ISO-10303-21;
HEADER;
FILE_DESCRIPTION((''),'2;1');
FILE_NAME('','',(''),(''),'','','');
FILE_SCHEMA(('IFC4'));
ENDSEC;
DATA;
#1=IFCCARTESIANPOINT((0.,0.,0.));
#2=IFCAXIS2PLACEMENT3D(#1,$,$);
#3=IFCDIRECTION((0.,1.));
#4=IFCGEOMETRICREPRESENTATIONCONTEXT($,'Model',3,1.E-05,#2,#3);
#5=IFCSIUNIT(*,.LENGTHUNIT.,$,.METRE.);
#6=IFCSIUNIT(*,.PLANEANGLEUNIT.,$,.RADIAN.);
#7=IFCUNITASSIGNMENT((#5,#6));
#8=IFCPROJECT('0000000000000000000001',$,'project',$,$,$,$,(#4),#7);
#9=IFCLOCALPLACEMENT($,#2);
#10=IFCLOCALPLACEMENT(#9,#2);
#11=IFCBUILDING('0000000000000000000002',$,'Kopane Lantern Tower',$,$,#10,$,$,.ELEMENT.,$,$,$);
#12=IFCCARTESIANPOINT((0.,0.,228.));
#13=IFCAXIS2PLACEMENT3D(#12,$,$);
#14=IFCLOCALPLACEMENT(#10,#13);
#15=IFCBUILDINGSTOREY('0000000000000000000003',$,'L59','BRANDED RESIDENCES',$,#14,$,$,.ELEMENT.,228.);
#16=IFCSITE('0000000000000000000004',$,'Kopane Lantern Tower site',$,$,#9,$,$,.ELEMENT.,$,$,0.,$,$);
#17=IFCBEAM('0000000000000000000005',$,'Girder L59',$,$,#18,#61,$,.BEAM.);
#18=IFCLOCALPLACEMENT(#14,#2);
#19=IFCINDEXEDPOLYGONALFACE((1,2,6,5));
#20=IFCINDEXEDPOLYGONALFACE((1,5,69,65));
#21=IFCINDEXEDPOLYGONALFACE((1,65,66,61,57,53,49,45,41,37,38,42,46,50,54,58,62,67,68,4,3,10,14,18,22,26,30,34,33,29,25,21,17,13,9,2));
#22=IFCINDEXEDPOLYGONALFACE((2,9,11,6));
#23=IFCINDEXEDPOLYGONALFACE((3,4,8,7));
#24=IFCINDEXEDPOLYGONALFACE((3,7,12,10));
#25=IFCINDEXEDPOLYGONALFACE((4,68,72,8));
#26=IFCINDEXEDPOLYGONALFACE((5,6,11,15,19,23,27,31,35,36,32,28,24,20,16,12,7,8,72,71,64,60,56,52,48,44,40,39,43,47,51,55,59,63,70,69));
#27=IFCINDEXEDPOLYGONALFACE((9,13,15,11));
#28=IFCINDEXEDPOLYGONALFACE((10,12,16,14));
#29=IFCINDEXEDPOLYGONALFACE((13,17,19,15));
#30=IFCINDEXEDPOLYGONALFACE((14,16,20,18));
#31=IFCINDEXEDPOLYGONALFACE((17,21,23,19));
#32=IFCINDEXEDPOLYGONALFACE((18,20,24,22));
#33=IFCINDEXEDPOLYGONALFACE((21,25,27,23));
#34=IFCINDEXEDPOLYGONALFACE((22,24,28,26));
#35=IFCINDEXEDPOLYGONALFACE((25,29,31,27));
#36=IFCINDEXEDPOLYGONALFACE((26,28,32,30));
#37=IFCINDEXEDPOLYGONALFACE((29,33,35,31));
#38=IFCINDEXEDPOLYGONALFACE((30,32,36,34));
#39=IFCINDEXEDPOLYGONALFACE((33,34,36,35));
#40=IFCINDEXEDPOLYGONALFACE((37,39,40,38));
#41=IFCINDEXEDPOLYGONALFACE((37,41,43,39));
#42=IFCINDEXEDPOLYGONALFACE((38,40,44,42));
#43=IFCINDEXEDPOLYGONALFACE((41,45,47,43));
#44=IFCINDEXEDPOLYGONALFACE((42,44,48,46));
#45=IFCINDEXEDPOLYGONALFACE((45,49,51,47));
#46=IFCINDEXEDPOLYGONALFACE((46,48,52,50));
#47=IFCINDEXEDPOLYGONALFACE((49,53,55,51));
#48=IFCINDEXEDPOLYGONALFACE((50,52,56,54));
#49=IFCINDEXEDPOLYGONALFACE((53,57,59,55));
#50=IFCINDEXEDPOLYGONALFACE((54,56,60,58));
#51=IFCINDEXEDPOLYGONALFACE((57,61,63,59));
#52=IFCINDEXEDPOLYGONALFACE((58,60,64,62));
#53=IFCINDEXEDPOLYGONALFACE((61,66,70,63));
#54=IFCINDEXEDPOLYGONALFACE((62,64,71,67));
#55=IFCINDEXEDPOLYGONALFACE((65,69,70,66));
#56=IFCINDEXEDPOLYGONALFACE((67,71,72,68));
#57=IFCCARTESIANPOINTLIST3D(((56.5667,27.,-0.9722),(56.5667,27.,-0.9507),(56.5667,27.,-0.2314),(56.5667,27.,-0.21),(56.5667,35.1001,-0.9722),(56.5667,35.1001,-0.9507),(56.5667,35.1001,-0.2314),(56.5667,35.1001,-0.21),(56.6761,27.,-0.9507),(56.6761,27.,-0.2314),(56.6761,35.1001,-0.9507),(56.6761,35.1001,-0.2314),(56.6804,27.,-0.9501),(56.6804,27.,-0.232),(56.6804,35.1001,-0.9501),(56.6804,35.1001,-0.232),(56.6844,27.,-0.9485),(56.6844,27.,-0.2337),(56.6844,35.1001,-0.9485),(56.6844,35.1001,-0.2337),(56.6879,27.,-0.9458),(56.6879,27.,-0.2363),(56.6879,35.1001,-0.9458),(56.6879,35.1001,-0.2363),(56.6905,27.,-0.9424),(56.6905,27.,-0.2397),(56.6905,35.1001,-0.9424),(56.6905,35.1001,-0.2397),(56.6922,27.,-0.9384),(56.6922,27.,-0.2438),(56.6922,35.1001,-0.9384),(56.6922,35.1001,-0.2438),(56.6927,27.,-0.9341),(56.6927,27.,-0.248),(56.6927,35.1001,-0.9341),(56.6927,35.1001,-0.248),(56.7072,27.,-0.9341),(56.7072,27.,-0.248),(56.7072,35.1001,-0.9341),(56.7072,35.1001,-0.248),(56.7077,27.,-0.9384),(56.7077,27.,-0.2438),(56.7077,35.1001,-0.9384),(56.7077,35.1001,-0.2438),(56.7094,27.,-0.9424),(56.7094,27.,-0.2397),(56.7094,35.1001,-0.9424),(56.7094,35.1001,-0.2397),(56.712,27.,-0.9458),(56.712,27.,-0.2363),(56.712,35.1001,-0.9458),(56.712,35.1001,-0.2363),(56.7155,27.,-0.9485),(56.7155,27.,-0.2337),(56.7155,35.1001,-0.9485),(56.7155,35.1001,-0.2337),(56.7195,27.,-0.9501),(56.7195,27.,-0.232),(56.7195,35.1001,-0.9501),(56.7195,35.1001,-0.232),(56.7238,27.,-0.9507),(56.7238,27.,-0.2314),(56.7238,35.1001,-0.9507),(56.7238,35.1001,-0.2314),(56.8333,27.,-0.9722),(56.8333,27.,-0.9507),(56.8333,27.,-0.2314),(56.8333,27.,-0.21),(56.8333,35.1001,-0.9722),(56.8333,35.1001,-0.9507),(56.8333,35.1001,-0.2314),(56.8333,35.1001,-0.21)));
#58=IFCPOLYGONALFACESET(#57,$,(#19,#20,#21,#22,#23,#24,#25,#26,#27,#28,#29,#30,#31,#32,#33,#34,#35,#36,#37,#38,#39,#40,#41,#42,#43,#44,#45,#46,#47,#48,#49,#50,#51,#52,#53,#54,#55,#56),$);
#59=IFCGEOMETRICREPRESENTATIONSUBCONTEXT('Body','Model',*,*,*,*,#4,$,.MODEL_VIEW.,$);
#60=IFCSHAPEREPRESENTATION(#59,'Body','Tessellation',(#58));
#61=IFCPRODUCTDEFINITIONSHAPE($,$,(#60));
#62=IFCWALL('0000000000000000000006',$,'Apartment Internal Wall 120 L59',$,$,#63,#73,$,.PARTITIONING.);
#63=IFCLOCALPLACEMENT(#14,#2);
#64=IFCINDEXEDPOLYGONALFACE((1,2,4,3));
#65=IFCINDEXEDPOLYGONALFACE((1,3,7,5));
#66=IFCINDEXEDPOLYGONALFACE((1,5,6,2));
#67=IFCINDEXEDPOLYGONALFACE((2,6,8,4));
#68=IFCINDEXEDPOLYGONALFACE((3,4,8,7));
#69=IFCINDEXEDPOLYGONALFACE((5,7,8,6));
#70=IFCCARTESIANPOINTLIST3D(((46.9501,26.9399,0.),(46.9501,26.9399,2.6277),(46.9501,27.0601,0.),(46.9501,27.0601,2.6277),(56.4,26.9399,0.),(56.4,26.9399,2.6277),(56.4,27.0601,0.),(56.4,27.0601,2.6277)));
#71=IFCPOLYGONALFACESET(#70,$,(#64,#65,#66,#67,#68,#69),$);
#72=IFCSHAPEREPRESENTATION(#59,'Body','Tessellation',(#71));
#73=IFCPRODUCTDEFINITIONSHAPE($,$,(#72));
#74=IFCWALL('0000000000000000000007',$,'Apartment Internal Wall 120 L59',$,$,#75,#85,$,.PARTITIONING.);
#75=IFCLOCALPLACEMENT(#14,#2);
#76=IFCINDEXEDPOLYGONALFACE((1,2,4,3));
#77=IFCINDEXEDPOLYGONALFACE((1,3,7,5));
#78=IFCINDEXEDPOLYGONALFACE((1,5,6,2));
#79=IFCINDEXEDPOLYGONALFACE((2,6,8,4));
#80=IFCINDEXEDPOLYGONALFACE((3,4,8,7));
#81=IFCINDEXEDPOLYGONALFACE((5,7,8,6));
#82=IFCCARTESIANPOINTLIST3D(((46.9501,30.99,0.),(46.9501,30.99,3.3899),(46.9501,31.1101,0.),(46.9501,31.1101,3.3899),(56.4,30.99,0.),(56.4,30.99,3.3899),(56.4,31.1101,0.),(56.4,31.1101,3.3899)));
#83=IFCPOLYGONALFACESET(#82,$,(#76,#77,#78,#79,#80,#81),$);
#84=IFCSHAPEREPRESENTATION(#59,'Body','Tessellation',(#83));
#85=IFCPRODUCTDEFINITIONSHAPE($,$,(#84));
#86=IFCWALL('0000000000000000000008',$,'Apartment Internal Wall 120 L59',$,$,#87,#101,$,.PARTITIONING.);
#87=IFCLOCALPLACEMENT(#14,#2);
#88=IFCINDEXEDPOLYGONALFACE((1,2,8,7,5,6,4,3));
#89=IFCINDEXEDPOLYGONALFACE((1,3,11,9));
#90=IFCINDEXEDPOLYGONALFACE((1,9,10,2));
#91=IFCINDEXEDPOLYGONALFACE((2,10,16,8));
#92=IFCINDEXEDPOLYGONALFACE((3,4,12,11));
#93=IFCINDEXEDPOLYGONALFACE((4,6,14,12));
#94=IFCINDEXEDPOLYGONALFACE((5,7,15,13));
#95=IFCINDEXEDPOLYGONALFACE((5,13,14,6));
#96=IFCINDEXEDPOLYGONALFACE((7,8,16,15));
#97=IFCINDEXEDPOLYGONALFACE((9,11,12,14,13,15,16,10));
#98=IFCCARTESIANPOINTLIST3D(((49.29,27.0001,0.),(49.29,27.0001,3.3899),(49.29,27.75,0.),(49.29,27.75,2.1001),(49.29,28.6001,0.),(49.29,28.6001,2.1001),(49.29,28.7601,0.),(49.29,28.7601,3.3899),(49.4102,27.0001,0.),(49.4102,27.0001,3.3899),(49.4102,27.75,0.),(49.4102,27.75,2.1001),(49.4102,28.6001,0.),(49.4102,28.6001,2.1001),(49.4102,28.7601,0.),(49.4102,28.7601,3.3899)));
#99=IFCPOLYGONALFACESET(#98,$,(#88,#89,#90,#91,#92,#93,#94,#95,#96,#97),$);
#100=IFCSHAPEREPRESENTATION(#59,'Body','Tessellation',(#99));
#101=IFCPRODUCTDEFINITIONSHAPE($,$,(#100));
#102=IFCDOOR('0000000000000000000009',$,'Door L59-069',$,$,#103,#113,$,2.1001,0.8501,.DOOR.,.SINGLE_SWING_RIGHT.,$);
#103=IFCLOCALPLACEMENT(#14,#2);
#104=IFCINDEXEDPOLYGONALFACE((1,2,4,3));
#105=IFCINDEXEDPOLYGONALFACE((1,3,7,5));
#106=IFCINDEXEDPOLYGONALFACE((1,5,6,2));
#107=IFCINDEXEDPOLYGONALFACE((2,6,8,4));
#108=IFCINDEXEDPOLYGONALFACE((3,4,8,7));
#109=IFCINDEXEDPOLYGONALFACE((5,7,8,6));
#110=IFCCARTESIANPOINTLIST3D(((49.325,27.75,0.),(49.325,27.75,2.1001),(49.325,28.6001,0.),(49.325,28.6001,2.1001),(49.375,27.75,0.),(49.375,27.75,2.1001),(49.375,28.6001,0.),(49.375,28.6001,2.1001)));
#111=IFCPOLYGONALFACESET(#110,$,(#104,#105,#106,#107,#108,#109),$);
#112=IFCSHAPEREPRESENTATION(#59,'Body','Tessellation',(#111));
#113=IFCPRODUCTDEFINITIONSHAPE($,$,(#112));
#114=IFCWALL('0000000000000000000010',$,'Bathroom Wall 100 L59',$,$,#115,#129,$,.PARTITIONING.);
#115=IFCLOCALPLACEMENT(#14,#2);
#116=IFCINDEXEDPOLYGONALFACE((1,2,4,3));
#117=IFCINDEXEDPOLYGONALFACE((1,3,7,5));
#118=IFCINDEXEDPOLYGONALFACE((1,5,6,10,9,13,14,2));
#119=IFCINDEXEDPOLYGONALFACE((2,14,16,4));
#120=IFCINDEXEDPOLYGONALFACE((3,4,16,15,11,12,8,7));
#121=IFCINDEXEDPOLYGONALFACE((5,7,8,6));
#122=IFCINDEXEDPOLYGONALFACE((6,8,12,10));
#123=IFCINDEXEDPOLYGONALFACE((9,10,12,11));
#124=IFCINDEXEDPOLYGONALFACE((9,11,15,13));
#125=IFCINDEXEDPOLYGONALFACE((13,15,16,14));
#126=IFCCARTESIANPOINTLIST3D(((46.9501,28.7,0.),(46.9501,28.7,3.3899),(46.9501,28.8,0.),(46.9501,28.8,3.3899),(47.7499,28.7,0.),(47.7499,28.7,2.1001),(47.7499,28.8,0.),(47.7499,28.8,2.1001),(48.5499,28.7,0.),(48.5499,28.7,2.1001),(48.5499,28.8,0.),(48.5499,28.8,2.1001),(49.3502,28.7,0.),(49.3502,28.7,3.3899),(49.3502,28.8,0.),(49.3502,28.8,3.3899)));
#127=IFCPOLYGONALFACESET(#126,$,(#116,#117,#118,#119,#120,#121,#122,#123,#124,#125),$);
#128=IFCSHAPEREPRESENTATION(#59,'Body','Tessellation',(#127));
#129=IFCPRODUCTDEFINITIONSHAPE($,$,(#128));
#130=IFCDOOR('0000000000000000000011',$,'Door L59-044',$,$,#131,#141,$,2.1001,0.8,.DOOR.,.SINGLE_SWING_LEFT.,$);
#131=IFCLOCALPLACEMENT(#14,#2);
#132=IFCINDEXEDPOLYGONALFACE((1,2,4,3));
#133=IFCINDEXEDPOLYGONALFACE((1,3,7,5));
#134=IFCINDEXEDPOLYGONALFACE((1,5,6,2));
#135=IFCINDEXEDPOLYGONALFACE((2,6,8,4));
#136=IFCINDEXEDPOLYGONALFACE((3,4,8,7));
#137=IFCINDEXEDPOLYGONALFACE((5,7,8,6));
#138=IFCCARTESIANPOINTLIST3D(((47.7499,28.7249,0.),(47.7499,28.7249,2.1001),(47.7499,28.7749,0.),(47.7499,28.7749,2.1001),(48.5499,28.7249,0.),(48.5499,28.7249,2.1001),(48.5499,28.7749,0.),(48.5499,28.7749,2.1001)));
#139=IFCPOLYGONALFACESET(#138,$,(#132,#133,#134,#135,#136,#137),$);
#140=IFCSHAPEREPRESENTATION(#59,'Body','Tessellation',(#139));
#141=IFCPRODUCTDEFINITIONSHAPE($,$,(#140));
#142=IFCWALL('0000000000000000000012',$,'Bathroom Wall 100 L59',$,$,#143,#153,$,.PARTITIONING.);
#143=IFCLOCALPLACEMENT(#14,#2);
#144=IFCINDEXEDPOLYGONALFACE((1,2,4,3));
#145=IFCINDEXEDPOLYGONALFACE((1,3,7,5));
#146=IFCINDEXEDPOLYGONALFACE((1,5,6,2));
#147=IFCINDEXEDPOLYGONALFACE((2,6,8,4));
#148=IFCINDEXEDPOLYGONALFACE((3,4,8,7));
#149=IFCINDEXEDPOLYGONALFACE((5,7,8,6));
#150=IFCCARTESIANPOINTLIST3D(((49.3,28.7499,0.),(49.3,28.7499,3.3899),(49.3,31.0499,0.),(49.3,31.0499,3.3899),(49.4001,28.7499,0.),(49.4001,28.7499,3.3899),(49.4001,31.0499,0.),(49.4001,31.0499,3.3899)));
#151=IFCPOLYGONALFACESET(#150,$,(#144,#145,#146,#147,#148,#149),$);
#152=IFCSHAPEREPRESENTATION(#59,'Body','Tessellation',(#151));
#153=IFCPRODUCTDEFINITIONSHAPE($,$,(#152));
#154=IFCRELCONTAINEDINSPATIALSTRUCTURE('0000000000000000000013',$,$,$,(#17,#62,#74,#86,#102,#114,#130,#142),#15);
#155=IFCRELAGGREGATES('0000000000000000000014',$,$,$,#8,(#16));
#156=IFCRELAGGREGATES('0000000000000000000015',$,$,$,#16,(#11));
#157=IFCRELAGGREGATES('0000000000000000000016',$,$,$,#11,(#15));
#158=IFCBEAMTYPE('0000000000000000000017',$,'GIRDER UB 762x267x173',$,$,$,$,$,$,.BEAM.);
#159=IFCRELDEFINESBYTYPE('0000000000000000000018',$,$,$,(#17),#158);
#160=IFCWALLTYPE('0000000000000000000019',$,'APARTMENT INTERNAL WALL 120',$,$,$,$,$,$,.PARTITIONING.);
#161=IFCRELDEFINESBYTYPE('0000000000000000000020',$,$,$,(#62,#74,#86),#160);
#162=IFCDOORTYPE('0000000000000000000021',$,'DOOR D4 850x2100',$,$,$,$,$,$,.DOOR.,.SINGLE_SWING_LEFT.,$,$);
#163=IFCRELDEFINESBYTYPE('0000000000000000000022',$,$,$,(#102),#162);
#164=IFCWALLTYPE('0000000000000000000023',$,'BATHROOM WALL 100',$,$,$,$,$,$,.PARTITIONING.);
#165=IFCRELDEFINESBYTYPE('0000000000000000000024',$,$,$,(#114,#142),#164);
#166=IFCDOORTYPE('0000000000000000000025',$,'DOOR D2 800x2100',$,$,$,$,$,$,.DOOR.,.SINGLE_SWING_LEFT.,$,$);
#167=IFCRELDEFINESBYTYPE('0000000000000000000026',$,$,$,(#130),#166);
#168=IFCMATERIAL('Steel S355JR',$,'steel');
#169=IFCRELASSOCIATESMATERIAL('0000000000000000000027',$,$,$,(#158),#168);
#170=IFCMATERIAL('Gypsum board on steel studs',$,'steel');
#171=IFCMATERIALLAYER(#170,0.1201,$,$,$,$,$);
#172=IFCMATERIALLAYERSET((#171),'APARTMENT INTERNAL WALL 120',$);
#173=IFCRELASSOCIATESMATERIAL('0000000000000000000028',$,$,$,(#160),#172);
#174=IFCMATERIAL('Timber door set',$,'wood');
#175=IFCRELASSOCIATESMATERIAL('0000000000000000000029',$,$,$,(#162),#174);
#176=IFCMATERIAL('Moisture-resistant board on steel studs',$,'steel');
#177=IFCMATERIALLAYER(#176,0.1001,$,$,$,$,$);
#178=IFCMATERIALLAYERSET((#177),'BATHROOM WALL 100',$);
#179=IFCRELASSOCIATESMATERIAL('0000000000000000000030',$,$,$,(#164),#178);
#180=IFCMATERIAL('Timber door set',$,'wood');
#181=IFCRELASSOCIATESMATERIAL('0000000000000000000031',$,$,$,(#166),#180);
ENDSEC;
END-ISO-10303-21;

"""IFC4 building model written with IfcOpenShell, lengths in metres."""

from ifc_helpers import new_model, si_unit, direction, frame, frame_2d, origin, origin_2d, place, context, subcontext, project, spatial, rectangle, i_section, extrude, material, layer, layer_set, material_profile, profile_set, type_object, element, fill, save


model = new_model("IFC4")

# Units and contexts
model_context = context("Model", 3, precision=1e-05, world=origin(), true_north=direction((0.0, 1.0)))
body_context = subcontext(model_context, "Body", "Model", "MODEL_VIEW")
ifc_project = project(units=[si_unit("LENGTHUNIT", "METRE"), si_unit("PLANEANGLEUNIT", "RADIAN")], contexts=[model_context])

# Site, building, storey
site_placement = place(None, origin())
site = spatial("IfcSite", under=ifc_project, at=site_placement, Name="Kopane Lantern Tower site", CompositionType="ELEMENT", RefElevation=0.0)
building_placement = place(site_placement, origin())
building = spatial("IfcBuilding", under=site, at=building_placement, Name="Kopane Lantern Tower", CompositionType="ELEMENT")
storey_placement = place(building_placement, frame((0.0, 0.0, 228.0)))
storey = spatial("IfcBuildingStorey", under=building, at=storey_placement, Name="L59", Description="BRANDED RESIDENCES", CompositionType="ELEMENT", Elevation=228.0)

# Beam
ifc_material_1 = material(Name="Steel S355JR", Category="steel")
ifc_material_profile_1 = material_profile(ifc_material_1, i_section(OverallWidth=0.2666, OverallDepth=0.7622, WebThickness=0.0144, FlangeThickness=0.0215, FilletRadius=0.0166, at=origin_2d()), Name="UB 762x267x173")
ifc_profile_set_1 = profile_set([ifc_material_profile_1], Name="Steel S355JR")
beam_type = type_object("IfcBeamType", Name="GIRDER UB 762x267x173", PredefinedType="BEAM", material=ifc_profile_set_1)
beam_1_placement = place(storey_placement, frame((56.7, 27.0, -0.5911), z_axis=(0.0, 1.0, 0.0), x_axis=(-1.0, 0.0, 0.0)))
element("IfcBeam", 1, at=beam_1_placement, inside=storey, type_object=beam_type, Name="Girder L59", PredefinedType="BEAM", context=body_context, shape_type="SweptSolid", body=[
    extrude(i_section(OverallWidth=0.2666, OverallDepth=0.7622, WebThickness=0.0144, FlangeThickness=0.0215, FilletRadius=0.0166, at=origin_2d()), origin(), (0.0, 0.0, 1.0), 8.1001),
])

# Walls
ifc_material_2 = material(Name="Gypsum board on steel studs", Category="steel")
ifc_layer_1 = layer(ifc_material_2, 0.1201)
ifc_layer_set_1 = layer_set([ifc_layer_1], Name="APARTMENT INTERNAL WALL 120")
wall_type_1 = type_object("IfcWallType", Name="APARTMENT INTERNAL WALL 120", PredefinedType="PARTITIONING", material=ifc_layer_set_1)
wall_1_placement = place(storey_placement, frame((46.95, 27.0, 0.0), z_axis=(0.0, 0.0, 1.0), x_axis=(1.0, 0.0, 0.0)))
element("IfcWall", 2, at=wall_1_placement, inside=storey, type_object=wall_type_1, Name="Apartment Internal Wall 120 L59", PredefinedType="PARTITIONING", context=body_context, shape_type="SweptSolid", body=[
    extrude(rectangle(XDim=9.45, YDim=0.1201, at=frame_2d((4.7251, 0.0))), origin(), (0.0, 0.0, 1.0), 2.6277),
])
wall_2_placement = place(storey_placement, frame((46.95, 31.05, 0.0), z_axis=(0.0, 0.0, 1.0), x_axis=(1.0, 0.0, 0.0)))
element("IfcWall", 3, at=wall_2_placement, inside=storey, type_object=wall_type_1, Name="Apartment Internal Wall 120 L59", PredefinedType="PARTITIONING", context=body_context, shape_type="SweptSolid", body=[
    extrude(rectangle(XDim=9.45, YDim=0.1201, at=frame_2d((4.7251, 0.0))), origin(), (0.0, 0.0, 1.0), 3.3899),
])

# Walls, openings, doors
wall_3_placement = place(storey_placement, frame((49.3501, 28.76, 0.0), z_axis=(0.0, 0.0, 1.0), x_axis=(0.0, -1.0, 0.0)))
wall_3 = element("IfcWall", 4, at=wall_3_placement, inside=storey, type_object=wall_type_1, Name="Apartment Internal Wall 120 L59", PredefinedType="PARTITIONING", context=body_context, shape_type="SweptSolid", body=[
    extrude(rectangle(XDim=1.76, YDim=0.1201, at=frame_2d((0.8799, 0.0))), origin(), (0.0, 0.0, 1.0), 3.3899),
])
opening_1_placement = place(wall_3_placement, frame((0.1599, 0.0, 0.0)))
opening_1 = element("IfcOpeningElement", 5, at=opening_1_placement, cuts=wall_3, PredefinedType="OPENING", context=body_context, shape_type="SweptSolid", body=[
    extrude(rectangle(XDim=0.8501, YDim=2.1001, at=frame_2d((0.425, 1.05))), frame((0.0, 0.0701, 0.0), z_axis=(0.0, -1.0, 0.0), x_axis=(1.0, 0.0, 0.0)), (0.0, 0.0, 1.0), 0.1401),
])
ifc_material_3 = material(Name="Timber door set", Category="wood")
door_type_1 = type_object("IfcDoorType", Name="DOOR D4 850x2100", OperationType="SINGLE_SWING_LEFT", PredefinedType="DOOR", material=ifc_material_3)
door_1_placement = place(opening_1_placement, origin())
door_1 = element("IfcDoor", 6, at=door_1_placement, inside=storey, type_object=door_type_1, Name="Door L59-069", OperationType="SINGLE_SWING_RIGHT", OverallHeight=2.1001, OverallWidth=0.8501, PredefinedType="DOOR", context=body_context, shape_type="SweptSolid", body=[
    extrude(rectangle(XDim=0.8501, YDim=2.1001, at=frame_2d((0.425, 1.05))), frame((0.0, 0.0249, 0.0), z_axis=(0.0, -1.0, 0.0), x_axis=(1.0, 0.0, 0.0)), (0.0, 0.0, 1.0), 0.05),
])
fill(opening_1, door_1)
ifc_material_4 = material(Name="Moisture-resistant board on steel studs", Category="steel")
ifc_layer_2 = layer(ifc_material_4, 0.1001)
ifc_layer_set_2 = layer_set([ifc_layer_2], Name="BATHROOM WALL 100")
wall_type_2 = type_object("IfcWallType", Name="BATHROOM WALL 100", PredefinedType="PARTITIONING", material=ifc_layer_set_2)
wall_4_placement = place(storey_placement, frame((46.95, 28.75, 0.0), z_axis=(0.0, 0.0, 1.0), x_axis=(1.0, 0.0, 0.0)))
wall_4 = element("IfcWall", 7, at=wall_4_placement, inside=storey, type_object=wall_type_2, Name="Bathroom Wall 100 L59", PredefinedType="PARTITIONING", context=body_context, shape_type="SweptSolid", body=[
    extrude(rectangle(XDim=2.4001, YDim=0.1001, at=frame_2d((1.2002, 0.0))), origin(), (0.0, 0.0, 1.0), 3.3899),
])
opening_2_placement = place(wall_4_placement, frame((0.8, 0.0, 0.0)))
opening_2 = element("IfcOpeningElement", 8, at=opening_2_placement, cuts=wall_4, PredefinedType="OPENING", context=body_context, shape_type="SweptSolid", body=[
    extrude(rectangle(XDim=0.8, YDim=2.1001, at=frame_2d((0.3999, 1.05))), frame((0.0, 0.0601, 0.0), z_axis=(0.0, -1.0, 0.0), x_axis=(1.0, 0.0, 0.0)), (0.0, 0.0, 1.0), 0.1201),
])
ifc_material_5 = material(Name="Timber door set", Category="wood")
door_type_2 = type_object("IfcDoorType", Name="DOOR D2 800x2100", OperationType="SINGLE_SWING_LEFT", PredefinedType="DOOR", material=ifc_material_5)
door_2_placement = place(opening_2_placement, origin())
door_2 = element("IfcDoor", 9, at=door_2_placement, inside=storey, type_object=door_type_2, Name="Door L59-044", OperationType="SINGLE_SWING_LEFT", OverallHeight=2.1001, OverallWidth=0.8, PredefinedType="DOOR", context=body_context, shape_type="SweptSolid", body=[
    extrude(rectangle(XDim=0.8, YDim=2.1001, at=frame_2d((0.3999, 1.05))), frame((0.0, 0.0249, 0.0), z_axis=(0.0, -1.0, 0.0), x_axis=(1.0, 0.0, 0.0)), (0.0, 0.0, 1.0), 0.05),
])
fill(opening_2, door_2)

# Wall
wall_5_placement = place(storey_placement, frame((49.3501, 28.75, 0.0), z_axis=(0.0, 0.0, 1.0), x_axis=(0.0, 1.0, 0.0)))
element("IfcWall", 10, at=wall_5_placement, inside=storey, type_object=wall_type_2, Name="Bathroom Wall 100 L59", PredefinedType="PARTITIONING", context=body_context, shape_type="SweptSolid", body=[
    extrude(rectangle(XDim=2.3, YDim=0.1001, at=frame_2d((1.1499, 0.0))), origin(), (0.0, 0.0, 1.0), 3.3899),
])

save(model, "model.ifc")
